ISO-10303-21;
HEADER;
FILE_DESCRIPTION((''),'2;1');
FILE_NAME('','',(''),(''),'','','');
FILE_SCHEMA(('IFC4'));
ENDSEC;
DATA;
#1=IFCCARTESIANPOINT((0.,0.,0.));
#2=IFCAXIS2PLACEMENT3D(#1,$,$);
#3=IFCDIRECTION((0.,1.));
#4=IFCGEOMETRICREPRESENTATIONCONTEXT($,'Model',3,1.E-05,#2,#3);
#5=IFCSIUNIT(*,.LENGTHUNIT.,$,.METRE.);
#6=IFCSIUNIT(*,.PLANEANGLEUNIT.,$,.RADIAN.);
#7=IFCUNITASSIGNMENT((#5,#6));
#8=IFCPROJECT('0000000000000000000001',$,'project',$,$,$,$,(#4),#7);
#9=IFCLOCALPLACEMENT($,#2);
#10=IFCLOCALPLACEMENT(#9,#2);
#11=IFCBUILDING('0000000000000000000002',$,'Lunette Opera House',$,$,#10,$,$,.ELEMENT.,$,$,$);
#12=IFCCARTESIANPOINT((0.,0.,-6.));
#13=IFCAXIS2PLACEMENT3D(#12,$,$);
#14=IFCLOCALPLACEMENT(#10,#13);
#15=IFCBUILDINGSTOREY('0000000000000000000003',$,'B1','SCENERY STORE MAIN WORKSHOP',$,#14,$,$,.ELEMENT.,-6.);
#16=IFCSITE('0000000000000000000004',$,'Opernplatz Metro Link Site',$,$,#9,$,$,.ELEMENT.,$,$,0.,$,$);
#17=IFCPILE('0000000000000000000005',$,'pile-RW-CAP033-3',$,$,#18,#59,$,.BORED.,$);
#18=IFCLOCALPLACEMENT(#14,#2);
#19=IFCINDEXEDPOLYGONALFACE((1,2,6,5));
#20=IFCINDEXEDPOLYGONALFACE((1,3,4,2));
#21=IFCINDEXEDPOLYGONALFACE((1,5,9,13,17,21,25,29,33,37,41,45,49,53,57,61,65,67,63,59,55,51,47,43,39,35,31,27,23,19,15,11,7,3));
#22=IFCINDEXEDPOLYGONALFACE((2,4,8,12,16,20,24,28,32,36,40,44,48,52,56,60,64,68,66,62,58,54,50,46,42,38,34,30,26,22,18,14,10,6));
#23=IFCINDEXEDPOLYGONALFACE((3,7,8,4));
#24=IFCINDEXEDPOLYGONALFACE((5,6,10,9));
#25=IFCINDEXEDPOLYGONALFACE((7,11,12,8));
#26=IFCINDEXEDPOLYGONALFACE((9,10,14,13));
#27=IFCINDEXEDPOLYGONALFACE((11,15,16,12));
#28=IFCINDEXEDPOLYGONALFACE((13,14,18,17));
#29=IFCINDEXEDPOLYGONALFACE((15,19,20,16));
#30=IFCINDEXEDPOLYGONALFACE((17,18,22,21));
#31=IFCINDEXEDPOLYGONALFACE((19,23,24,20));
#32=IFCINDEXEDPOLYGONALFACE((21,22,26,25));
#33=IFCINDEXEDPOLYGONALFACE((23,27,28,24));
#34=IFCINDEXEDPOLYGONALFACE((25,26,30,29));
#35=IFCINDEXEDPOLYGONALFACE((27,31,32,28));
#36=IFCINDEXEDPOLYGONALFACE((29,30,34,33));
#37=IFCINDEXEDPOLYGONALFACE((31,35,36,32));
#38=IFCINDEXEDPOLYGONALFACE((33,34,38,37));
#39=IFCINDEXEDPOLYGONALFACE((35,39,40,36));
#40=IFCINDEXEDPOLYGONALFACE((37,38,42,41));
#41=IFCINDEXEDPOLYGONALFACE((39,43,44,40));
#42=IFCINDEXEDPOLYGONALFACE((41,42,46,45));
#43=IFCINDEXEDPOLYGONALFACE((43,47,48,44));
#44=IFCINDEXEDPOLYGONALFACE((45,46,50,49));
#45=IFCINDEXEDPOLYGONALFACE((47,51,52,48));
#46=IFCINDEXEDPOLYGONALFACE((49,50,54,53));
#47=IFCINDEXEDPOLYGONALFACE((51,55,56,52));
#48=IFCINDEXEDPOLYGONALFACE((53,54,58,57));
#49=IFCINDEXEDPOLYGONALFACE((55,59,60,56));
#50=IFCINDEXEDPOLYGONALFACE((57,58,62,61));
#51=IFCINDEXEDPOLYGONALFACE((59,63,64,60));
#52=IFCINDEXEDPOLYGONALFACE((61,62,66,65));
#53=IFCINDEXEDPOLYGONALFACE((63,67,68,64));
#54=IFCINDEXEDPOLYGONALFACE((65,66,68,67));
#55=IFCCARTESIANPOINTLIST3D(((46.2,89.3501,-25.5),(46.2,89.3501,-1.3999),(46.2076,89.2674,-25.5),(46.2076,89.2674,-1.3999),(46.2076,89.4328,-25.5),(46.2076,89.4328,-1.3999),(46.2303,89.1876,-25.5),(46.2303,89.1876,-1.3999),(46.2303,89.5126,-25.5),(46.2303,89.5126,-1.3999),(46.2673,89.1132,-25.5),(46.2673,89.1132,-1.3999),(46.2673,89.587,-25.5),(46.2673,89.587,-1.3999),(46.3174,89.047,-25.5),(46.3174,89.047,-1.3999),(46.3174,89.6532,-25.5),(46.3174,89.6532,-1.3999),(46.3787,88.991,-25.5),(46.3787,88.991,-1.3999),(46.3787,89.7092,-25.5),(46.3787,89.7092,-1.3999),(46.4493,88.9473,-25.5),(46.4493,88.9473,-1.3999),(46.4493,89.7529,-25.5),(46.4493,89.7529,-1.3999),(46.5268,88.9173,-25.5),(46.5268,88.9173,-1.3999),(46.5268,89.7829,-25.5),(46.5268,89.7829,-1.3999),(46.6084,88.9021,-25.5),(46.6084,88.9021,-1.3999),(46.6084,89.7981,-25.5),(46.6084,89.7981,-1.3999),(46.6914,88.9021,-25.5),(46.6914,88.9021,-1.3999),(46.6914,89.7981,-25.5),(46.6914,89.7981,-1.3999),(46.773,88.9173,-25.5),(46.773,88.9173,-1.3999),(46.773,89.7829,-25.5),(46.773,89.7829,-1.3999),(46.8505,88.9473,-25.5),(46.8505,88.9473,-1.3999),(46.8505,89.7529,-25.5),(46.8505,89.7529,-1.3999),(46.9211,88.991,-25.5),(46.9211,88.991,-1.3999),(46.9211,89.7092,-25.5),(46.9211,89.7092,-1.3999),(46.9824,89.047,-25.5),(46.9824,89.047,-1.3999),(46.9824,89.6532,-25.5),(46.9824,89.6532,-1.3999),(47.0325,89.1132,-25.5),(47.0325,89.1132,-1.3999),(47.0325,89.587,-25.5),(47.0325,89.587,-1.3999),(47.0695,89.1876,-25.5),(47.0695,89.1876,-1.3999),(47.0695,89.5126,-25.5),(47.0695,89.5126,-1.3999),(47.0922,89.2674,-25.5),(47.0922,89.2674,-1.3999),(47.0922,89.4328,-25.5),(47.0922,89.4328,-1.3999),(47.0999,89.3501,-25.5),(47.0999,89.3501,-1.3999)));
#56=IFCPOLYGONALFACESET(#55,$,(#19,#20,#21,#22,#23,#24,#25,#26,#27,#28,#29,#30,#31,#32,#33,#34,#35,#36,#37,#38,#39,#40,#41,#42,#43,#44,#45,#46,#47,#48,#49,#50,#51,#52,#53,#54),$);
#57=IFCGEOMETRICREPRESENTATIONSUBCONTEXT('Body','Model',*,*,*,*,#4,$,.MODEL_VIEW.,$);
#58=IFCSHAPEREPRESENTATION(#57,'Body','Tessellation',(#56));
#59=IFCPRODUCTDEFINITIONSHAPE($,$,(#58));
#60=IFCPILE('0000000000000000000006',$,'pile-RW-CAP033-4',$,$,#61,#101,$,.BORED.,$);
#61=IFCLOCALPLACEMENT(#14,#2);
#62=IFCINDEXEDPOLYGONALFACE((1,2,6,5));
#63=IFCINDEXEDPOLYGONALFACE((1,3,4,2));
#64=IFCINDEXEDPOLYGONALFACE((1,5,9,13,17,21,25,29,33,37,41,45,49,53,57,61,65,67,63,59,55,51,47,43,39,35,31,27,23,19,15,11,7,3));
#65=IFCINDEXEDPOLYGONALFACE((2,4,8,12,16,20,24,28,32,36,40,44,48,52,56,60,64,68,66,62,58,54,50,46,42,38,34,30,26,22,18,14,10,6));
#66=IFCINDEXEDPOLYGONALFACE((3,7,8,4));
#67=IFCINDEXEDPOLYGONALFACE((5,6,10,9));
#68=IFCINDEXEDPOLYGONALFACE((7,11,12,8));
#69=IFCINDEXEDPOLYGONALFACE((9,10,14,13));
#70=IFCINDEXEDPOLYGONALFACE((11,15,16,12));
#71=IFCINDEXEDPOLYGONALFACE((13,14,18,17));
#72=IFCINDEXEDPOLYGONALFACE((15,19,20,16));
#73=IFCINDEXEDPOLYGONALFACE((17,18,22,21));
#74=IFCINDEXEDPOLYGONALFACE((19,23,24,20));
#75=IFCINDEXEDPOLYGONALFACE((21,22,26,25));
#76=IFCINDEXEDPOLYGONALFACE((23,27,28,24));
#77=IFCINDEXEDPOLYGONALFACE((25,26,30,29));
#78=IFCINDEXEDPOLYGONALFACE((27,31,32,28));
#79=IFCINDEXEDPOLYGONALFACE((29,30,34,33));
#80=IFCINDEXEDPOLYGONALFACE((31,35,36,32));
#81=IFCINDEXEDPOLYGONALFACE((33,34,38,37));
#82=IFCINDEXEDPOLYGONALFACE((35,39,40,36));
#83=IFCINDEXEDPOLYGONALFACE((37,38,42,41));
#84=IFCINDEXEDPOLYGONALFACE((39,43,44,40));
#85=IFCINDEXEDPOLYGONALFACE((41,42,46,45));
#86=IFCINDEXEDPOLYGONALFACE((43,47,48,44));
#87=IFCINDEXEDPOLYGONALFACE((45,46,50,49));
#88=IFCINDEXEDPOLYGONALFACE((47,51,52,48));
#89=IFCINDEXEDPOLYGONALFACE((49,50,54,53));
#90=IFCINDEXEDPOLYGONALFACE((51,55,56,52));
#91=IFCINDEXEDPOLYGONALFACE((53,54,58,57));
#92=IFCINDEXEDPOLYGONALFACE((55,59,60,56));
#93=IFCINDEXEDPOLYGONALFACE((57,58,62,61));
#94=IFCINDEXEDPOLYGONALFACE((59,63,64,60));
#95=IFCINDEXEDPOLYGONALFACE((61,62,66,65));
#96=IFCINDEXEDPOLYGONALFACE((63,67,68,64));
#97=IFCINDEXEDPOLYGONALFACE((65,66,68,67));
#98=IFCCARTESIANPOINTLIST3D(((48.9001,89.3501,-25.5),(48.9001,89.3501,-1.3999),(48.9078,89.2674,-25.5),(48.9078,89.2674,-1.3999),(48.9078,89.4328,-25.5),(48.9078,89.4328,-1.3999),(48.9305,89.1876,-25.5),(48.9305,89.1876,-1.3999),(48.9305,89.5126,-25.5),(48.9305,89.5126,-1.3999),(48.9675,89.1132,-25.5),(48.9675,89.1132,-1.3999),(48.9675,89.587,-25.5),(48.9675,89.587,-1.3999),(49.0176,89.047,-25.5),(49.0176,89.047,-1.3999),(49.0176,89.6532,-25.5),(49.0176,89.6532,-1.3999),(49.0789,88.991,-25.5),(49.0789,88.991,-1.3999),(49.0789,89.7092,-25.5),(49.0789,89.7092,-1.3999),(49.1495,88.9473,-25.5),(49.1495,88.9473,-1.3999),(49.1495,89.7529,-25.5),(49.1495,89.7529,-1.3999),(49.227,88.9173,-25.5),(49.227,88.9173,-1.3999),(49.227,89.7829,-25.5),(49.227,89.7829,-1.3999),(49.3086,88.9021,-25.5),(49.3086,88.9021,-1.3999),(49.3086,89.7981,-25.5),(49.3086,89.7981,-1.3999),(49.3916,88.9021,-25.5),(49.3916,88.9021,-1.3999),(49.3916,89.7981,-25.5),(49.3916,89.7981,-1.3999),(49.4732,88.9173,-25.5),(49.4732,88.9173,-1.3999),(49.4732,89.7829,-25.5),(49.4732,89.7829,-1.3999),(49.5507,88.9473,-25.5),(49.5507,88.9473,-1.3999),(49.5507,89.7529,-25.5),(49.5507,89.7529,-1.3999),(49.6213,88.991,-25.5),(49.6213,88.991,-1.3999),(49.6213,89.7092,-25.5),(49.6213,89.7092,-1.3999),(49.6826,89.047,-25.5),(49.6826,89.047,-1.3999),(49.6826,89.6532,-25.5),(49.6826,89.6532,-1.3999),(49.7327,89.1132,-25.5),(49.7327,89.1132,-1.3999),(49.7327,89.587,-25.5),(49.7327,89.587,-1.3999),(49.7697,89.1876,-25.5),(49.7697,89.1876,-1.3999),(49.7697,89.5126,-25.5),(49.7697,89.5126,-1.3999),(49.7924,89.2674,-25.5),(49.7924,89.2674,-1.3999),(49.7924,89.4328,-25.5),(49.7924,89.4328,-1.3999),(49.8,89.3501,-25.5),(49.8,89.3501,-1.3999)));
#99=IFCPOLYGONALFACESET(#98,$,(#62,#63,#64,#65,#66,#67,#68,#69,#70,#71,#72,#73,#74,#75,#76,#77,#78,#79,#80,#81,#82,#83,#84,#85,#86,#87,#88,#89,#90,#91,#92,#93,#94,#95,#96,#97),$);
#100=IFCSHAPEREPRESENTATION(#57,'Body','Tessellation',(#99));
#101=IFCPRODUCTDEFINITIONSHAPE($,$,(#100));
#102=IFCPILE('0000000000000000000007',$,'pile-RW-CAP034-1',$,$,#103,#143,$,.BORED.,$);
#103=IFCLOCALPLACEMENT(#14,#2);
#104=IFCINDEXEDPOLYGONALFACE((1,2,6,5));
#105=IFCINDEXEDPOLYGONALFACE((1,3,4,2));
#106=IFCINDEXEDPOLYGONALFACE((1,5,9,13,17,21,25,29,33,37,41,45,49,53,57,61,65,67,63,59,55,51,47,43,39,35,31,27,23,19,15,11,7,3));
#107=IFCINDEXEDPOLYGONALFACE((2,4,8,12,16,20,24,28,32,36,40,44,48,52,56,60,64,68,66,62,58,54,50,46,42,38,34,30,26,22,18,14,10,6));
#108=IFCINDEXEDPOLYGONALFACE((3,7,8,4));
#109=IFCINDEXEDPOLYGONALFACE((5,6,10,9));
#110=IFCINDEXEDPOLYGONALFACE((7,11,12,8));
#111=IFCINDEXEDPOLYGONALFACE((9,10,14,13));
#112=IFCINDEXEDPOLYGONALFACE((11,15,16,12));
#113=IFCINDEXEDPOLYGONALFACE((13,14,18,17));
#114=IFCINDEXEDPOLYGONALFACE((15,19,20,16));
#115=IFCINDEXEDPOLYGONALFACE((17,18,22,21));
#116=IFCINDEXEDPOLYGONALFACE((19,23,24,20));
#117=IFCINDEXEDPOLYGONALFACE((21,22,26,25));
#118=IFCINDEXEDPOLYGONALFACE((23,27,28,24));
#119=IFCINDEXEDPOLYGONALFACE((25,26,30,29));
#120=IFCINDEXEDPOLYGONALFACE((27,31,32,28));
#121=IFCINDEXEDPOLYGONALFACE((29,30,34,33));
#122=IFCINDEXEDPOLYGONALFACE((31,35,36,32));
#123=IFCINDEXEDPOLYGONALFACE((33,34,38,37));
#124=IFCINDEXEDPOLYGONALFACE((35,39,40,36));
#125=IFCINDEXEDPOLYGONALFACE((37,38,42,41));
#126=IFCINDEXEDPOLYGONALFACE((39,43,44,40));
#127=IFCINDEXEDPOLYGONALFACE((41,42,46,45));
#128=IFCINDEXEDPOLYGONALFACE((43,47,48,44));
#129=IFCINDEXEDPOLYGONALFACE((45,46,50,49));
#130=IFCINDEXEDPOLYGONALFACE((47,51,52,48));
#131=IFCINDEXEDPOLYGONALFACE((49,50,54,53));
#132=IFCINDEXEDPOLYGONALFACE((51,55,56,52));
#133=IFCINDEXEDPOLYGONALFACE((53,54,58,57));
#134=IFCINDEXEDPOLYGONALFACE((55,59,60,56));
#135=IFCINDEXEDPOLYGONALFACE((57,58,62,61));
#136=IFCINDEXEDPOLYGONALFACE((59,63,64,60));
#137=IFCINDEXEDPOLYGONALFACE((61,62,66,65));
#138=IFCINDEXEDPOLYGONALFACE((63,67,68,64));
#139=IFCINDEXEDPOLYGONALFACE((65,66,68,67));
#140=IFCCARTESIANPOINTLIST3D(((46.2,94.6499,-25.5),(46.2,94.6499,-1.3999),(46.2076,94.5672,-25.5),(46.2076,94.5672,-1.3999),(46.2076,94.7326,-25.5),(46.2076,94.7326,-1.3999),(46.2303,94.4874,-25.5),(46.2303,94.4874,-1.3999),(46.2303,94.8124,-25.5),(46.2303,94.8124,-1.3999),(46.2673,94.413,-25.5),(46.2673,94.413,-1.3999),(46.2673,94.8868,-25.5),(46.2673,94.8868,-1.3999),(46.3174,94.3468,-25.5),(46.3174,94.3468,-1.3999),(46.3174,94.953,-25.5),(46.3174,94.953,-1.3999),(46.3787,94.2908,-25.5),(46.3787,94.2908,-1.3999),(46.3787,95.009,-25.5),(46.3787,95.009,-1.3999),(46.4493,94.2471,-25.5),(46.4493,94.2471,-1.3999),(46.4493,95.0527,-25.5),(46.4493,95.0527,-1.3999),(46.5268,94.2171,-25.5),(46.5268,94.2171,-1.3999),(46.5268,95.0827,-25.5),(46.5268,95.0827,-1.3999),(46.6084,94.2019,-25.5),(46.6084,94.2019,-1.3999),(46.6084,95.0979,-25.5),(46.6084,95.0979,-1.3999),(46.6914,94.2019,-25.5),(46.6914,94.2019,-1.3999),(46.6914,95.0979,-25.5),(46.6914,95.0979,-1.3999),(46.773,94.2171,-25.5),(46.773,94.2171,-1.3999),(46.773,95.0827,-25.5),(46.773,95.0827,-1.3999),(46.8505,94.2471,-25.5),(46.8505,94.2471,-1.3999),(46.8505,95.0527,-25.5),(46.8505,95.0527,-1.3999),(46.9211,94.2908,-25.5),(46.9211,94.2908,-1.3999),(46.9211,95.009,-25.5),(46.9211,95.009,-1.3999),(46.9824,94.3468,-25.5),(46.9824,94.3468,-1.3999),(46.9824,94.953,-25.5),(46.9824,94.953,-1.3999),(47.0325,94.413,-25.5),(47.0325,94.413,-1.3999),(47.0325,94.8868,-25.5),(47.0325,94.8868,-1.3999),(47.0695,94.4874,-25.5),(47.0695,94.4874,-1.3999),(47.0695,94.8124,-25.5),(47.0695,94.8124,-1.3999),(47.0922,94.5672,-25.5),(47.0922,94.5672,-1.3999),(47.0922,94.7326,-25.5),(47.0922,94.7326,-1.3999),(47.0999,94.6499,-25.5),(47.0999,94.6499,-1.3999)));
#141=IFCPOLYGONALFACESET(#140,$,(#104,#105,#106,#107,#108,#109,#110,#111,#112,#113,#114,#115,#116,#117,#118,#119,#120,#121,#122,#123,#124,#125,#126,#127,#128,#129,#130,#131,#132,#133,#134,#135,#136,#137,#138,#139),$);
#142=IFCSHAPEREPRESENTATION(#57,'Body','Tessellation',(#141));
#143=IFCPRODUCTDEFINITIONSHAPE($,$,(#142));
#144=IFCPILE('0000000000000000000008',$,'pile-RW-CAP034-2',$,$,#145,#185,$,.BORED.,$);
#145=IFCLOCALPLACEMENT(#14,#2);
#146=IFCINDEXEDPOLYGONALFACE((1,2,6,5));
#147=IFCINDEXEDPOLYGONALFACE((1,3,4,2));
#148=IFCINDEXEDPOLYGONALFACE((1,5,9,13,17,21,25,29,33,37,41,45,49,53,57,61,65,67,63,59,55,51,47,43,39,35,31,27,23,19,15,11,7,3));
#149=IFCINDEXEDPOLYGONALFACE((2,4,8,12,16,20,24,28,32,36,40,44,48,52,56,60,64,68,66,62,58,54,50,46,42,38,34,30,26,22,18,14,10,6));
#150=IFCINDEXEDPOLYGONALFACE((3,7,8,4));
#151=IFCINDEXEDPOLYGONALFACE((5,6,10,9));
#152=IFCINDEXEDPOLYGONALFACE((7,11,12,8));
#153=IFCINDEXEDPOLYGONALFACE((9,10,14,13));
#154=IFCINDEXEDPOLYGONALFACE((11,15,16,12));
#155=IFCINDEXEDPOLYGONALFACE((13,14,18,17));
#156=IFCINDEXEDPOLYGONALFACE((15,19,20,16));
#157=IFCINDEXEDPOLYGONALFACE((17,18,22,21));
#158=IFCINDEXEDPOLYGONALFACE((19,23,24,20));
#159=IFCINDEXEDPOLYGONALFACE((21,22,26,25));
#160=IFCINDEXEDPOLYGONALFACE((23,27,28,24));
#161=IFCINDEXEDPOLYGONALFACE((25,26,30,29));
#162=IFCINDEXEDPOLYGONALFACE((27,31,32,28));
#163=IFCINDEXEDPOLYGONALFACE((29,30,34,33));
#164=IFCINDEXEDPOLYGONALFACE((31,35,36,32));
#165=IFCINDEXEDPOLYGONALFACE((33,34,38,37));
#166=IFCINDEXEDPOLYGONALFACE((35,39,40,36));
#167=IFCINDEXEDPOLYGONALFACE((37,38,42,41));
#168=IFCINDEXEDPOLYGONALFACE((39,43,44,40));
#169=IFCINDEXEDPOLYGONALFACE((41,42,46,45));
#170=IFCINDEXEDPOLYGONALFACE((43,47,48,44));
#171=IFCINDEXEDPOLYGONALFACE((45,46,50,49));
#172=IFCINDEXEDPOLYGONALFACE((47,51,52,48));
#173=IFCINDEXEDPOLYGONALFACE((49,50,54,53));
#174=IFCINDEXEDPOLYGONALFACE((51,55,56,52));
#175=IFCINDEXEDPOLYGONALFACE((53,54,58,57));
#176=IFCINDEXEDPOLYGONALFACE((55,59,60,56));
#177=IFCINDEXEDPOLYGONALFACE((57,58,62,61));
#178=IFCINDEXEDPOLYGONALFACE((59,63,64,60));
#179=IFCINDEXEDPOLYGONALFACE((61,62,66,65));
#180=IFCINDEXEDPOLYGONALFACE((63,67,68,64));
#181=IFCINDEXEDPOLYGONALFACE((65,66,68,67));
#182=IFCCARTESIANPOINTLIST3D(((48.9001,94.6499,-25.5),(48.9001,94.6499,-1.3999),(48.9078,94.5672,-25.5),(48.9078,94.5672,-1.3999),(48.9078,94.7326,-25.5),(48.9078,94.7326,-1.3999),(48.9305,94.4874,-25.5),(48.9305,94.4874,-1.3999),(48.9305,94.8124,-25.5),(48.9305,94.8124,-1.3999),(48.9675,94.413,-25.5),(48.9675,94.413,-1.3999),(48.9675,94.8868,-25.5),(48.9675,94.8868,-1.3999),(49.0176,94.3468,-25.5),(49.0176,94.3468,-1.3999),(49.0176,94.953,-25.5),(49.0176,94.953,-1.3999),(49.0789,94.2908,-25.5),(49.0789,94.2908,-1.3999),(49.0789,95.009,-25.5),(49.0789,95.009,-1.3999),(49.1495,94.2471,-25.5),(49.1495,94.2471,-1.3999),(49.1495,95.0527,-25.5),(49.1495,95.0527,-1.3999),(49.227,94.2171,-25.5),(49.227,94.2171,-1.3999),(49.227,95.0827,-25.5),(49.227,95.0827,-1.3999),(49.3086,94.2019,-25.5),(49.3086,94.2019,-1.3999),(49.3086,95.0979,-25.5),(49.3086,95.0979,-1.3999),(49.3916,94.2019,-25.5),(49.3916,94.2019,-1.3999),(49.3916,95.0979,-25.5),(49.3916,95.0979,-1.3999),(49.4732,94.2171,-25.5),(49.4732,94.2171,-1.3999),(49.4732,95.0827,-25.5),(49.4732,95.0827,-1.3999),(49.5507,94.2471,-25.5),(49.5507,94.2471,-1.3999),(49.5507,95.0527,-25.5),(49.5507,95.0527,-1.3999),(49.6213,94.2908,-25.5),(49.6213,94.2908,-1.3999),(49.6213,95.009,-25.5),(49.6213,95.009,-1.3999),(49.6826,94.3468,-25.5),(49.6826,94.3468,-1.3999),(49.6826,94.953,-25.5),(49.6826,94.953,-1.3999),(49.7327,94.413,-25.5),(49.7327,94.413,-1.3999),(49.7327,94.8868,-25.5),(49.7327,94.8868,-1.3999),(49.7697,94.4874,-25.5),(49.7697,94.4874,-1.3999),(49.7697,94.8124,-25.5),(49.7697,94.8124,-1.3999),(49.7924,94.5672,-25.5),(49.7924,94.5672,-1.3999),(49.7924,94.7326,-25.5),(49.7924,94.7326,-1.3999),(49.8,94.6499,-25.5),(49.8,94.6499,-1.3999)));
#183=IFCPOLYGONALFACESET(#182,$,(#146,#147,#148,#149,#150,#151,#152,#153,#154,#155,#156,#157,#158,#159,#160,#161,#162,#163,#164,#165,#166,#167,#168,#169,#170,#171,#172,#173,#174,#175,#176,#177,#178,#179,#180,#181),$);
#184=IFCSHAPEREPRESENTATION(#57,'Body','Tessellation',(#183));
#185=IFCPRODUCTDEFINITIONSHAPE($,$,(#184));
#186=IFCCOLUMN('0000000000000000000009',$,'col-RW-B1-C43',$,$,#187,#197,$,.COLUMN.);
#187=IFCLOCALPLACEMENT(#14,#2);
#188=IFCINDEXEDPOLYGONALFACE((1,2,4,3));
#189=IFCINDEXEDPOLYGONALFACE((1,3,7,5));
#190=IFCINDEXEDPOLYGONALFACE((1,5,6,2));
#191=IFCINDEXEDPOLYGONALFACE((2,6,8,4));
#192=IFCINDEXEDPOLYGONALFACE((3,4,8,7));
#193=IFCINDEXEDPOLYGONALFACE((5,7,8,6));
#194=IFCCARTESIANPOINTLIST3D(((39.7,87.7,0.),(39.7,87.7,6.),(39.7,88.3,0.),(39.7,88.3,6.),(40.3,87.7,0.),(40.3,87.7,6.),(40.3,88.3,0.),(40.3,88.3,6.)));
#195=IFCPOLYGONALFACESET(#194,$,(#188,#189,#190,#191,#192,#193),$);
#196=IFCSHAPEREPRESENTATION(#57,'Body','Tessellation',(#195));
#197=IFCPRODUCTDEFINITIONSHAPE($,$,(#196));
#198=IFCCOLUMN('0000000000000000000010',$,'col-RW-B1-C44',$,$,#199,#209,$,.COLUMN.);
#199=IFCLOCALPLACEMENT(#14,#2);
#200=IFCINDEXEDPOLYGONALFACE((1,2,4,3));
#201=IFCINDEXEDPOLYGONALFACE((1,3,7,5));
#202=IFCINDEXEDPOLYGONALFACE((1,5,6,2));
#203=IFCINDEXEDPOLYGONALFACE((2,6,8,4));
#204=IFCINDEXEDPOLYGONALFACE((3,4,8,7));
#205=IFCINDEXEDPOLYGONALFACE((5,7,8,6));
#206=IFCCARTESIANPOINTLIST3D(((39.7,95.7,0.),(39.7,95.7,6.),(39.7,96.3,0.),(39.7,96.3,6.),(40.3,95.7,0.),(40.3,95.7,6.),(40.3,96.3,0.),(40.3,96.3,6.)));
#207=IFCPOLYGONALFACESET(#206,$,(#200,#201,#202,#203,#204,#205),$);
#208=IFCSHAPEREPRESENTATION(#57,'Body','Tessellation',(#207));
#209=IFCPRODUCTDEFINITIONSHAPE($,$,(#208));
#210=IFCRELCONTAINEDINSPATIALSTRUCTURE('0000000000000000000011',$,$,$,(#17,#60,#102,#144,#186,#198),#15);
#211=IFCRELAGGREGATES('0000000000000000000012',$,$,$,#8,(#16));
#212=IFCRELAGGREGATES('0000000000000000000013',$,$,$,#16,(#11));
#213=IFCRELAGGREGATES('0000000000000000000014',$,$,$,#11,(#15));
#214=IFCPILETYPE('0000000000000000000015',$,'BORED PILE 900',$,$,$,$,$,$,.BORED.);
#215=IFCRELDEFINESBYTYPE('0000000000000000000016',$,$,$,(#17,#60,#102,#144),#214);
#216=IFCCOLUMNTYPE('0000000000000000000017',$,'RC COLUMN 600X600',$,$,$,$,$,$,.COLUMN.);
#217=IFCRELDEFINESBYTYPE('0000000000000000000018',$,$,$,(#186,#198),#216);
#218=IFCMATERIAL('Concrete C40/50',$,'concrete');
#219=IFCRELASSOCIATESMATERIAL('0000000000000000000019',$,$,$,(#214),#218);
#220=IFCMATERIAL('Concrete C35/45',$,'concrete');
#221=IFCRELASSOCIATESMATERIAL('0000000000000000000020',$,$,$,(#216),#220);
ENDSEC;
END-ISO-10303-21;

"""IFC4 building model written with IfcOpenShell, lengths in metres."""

from ifc_helpers import new_model, si_unit, direction, frame, origin, origin_2d, place, context, subcontext, project, spatial, rectangle, circle, extrude, material, material_profile, profile_set, type_object, element, save


model = new_model("IFC4")

# Units and contexts
model_context = context("Model", 3, precision=1e-05, world=origin(), true_north=direction((0.0, 1.0)))
body_context = subcontext(model_context, "Body", "Model", "MODEL_VIEW")
ifc_project = project(units=[si_unit("LENGTHUNIT", "METRE"), si_unit("PLANEANGLEUNIT", "RADIAN")], contexts=[model_context])

# Site, building, storey
site_placement = place(None, origin())
site = spatial("IfcSite", under=ifc_project, at=site_placement, Name="Opernplatz Metro Link Site", CompositionType="ELEMENT", RefElevation=0.0)
building_placement = place(site_placement, origin())
building = spatial("IfcBuilding", under=site, at=building_placement, Name="Lunette Opera House", CompositionType="ELEMENT")
storey_placement = place(building_placement, frame((0.0, 0.0, -6.0)))
storey = spatial("IfcBuildingStorey", under=building, at=storey_placement, Name="B1", Description="SCENERY STORE MAIN WORKSHOP", CompositionType="ELEMENT", Elevation=-6.0)

# Piles
ifc_material_1 = material(Name="Concrete C40/50", Category="concrete")
ifc_material_profile_1 = material_profile(ifc_material_1, circle(Radius=0.45, at=origin_2d()), Name="BORED PILE 900")
ifc_profile_set_1 = profile_set([ifc_material_profile_1], Name="Concrete C40/50")
pile_type = type_object("IfcPileType", Name="BORED PILE 900", PredefinedType="BORED", material=ifc_profile_set_1)
for number, where, z_axis, x_axis, name in (
    (1, (46.6499, 89.3501, -1.3999), (0.0, 0.0, -1.0), (1.0, 0.0, 0.0), "pile-RW-CAP033-3"),
    (2, (49.3501, 89.3501, -1.3999), (0.0, 0.0, -1.0), (1.0, 0.0, 0.0), "pile-RW-CAP033-4"),
    (3, (46.6499, 94.6499, -1.3999), (0.0, 0.0, -1.0), (1.0, 0.0, 0.0), "pile-RW-CAP034-1"),
    (4, (49.3501, 94.6499, -1.3999), (0.0, 0.0, -1.0), (1.0, 0.0, 0.0), "pile-RW-CAP034-2"),
):
    element("IfcPile", number, at=place(storey_placement, frame(where, z_axis=z_axis, x_axis=x_axis)), inside=storey, type_object=pile_type, Name=name, PredefinedType="BORED", context=body_context, shape_type="SweptSolid", body=[
        extrude(circle(Radius=0.45, at=origin_2d()), origin(), (0.0, 0.0, 1.0), 24.1001),
    ])

# Columns
ifc_material_2 = material(Name="Concrete C35/45", Category="concrete")
ifc_material_profile_2 = material_profile(ifc_material_2, rectangle(XDim=0.6001, YDim=0.6001, at=origin_2d()), Name="RC COLUMN 600X600")
ifc_profile_set_2 = profile_set([ifc_material_profile_2], Name="Concrete C35/45")
column_type = type_object("IfcColumnType", Name="RC COLUMN 600X600", PredefinedType="COLUMN", material=ifc_profile_set_2)
for number, where, z_axis, x_axis, name in (
    (5, (40.0, 88.0, 0.0), (0.0, 0.0, 1.0), (1.0, 0.0, 0.0), "col-RW-B1-C43"),
    (6, (40.0, 96.0, 0.0), (0.0, 0.0, 1.0), (1.0, 0.0, 0.0), "col-RW-B1-C44"),
):
    element("IfcColumn", number, at=place(storey_placement, frame(where, z_axis=z_axis, x_axis=x_axis)), inside=storey, type_object=column_type, Name=name, PredefinedType="COLUMN", context=body_context, shape_type="SweptSolid", body=[
        extrude(rectangle(XDim=0.6001, YDim=0.6001, at=origin_2d()), origin(), (0.0, 0.0, 1.0), 6.0),
    ])

save(model, "model.ifc")
